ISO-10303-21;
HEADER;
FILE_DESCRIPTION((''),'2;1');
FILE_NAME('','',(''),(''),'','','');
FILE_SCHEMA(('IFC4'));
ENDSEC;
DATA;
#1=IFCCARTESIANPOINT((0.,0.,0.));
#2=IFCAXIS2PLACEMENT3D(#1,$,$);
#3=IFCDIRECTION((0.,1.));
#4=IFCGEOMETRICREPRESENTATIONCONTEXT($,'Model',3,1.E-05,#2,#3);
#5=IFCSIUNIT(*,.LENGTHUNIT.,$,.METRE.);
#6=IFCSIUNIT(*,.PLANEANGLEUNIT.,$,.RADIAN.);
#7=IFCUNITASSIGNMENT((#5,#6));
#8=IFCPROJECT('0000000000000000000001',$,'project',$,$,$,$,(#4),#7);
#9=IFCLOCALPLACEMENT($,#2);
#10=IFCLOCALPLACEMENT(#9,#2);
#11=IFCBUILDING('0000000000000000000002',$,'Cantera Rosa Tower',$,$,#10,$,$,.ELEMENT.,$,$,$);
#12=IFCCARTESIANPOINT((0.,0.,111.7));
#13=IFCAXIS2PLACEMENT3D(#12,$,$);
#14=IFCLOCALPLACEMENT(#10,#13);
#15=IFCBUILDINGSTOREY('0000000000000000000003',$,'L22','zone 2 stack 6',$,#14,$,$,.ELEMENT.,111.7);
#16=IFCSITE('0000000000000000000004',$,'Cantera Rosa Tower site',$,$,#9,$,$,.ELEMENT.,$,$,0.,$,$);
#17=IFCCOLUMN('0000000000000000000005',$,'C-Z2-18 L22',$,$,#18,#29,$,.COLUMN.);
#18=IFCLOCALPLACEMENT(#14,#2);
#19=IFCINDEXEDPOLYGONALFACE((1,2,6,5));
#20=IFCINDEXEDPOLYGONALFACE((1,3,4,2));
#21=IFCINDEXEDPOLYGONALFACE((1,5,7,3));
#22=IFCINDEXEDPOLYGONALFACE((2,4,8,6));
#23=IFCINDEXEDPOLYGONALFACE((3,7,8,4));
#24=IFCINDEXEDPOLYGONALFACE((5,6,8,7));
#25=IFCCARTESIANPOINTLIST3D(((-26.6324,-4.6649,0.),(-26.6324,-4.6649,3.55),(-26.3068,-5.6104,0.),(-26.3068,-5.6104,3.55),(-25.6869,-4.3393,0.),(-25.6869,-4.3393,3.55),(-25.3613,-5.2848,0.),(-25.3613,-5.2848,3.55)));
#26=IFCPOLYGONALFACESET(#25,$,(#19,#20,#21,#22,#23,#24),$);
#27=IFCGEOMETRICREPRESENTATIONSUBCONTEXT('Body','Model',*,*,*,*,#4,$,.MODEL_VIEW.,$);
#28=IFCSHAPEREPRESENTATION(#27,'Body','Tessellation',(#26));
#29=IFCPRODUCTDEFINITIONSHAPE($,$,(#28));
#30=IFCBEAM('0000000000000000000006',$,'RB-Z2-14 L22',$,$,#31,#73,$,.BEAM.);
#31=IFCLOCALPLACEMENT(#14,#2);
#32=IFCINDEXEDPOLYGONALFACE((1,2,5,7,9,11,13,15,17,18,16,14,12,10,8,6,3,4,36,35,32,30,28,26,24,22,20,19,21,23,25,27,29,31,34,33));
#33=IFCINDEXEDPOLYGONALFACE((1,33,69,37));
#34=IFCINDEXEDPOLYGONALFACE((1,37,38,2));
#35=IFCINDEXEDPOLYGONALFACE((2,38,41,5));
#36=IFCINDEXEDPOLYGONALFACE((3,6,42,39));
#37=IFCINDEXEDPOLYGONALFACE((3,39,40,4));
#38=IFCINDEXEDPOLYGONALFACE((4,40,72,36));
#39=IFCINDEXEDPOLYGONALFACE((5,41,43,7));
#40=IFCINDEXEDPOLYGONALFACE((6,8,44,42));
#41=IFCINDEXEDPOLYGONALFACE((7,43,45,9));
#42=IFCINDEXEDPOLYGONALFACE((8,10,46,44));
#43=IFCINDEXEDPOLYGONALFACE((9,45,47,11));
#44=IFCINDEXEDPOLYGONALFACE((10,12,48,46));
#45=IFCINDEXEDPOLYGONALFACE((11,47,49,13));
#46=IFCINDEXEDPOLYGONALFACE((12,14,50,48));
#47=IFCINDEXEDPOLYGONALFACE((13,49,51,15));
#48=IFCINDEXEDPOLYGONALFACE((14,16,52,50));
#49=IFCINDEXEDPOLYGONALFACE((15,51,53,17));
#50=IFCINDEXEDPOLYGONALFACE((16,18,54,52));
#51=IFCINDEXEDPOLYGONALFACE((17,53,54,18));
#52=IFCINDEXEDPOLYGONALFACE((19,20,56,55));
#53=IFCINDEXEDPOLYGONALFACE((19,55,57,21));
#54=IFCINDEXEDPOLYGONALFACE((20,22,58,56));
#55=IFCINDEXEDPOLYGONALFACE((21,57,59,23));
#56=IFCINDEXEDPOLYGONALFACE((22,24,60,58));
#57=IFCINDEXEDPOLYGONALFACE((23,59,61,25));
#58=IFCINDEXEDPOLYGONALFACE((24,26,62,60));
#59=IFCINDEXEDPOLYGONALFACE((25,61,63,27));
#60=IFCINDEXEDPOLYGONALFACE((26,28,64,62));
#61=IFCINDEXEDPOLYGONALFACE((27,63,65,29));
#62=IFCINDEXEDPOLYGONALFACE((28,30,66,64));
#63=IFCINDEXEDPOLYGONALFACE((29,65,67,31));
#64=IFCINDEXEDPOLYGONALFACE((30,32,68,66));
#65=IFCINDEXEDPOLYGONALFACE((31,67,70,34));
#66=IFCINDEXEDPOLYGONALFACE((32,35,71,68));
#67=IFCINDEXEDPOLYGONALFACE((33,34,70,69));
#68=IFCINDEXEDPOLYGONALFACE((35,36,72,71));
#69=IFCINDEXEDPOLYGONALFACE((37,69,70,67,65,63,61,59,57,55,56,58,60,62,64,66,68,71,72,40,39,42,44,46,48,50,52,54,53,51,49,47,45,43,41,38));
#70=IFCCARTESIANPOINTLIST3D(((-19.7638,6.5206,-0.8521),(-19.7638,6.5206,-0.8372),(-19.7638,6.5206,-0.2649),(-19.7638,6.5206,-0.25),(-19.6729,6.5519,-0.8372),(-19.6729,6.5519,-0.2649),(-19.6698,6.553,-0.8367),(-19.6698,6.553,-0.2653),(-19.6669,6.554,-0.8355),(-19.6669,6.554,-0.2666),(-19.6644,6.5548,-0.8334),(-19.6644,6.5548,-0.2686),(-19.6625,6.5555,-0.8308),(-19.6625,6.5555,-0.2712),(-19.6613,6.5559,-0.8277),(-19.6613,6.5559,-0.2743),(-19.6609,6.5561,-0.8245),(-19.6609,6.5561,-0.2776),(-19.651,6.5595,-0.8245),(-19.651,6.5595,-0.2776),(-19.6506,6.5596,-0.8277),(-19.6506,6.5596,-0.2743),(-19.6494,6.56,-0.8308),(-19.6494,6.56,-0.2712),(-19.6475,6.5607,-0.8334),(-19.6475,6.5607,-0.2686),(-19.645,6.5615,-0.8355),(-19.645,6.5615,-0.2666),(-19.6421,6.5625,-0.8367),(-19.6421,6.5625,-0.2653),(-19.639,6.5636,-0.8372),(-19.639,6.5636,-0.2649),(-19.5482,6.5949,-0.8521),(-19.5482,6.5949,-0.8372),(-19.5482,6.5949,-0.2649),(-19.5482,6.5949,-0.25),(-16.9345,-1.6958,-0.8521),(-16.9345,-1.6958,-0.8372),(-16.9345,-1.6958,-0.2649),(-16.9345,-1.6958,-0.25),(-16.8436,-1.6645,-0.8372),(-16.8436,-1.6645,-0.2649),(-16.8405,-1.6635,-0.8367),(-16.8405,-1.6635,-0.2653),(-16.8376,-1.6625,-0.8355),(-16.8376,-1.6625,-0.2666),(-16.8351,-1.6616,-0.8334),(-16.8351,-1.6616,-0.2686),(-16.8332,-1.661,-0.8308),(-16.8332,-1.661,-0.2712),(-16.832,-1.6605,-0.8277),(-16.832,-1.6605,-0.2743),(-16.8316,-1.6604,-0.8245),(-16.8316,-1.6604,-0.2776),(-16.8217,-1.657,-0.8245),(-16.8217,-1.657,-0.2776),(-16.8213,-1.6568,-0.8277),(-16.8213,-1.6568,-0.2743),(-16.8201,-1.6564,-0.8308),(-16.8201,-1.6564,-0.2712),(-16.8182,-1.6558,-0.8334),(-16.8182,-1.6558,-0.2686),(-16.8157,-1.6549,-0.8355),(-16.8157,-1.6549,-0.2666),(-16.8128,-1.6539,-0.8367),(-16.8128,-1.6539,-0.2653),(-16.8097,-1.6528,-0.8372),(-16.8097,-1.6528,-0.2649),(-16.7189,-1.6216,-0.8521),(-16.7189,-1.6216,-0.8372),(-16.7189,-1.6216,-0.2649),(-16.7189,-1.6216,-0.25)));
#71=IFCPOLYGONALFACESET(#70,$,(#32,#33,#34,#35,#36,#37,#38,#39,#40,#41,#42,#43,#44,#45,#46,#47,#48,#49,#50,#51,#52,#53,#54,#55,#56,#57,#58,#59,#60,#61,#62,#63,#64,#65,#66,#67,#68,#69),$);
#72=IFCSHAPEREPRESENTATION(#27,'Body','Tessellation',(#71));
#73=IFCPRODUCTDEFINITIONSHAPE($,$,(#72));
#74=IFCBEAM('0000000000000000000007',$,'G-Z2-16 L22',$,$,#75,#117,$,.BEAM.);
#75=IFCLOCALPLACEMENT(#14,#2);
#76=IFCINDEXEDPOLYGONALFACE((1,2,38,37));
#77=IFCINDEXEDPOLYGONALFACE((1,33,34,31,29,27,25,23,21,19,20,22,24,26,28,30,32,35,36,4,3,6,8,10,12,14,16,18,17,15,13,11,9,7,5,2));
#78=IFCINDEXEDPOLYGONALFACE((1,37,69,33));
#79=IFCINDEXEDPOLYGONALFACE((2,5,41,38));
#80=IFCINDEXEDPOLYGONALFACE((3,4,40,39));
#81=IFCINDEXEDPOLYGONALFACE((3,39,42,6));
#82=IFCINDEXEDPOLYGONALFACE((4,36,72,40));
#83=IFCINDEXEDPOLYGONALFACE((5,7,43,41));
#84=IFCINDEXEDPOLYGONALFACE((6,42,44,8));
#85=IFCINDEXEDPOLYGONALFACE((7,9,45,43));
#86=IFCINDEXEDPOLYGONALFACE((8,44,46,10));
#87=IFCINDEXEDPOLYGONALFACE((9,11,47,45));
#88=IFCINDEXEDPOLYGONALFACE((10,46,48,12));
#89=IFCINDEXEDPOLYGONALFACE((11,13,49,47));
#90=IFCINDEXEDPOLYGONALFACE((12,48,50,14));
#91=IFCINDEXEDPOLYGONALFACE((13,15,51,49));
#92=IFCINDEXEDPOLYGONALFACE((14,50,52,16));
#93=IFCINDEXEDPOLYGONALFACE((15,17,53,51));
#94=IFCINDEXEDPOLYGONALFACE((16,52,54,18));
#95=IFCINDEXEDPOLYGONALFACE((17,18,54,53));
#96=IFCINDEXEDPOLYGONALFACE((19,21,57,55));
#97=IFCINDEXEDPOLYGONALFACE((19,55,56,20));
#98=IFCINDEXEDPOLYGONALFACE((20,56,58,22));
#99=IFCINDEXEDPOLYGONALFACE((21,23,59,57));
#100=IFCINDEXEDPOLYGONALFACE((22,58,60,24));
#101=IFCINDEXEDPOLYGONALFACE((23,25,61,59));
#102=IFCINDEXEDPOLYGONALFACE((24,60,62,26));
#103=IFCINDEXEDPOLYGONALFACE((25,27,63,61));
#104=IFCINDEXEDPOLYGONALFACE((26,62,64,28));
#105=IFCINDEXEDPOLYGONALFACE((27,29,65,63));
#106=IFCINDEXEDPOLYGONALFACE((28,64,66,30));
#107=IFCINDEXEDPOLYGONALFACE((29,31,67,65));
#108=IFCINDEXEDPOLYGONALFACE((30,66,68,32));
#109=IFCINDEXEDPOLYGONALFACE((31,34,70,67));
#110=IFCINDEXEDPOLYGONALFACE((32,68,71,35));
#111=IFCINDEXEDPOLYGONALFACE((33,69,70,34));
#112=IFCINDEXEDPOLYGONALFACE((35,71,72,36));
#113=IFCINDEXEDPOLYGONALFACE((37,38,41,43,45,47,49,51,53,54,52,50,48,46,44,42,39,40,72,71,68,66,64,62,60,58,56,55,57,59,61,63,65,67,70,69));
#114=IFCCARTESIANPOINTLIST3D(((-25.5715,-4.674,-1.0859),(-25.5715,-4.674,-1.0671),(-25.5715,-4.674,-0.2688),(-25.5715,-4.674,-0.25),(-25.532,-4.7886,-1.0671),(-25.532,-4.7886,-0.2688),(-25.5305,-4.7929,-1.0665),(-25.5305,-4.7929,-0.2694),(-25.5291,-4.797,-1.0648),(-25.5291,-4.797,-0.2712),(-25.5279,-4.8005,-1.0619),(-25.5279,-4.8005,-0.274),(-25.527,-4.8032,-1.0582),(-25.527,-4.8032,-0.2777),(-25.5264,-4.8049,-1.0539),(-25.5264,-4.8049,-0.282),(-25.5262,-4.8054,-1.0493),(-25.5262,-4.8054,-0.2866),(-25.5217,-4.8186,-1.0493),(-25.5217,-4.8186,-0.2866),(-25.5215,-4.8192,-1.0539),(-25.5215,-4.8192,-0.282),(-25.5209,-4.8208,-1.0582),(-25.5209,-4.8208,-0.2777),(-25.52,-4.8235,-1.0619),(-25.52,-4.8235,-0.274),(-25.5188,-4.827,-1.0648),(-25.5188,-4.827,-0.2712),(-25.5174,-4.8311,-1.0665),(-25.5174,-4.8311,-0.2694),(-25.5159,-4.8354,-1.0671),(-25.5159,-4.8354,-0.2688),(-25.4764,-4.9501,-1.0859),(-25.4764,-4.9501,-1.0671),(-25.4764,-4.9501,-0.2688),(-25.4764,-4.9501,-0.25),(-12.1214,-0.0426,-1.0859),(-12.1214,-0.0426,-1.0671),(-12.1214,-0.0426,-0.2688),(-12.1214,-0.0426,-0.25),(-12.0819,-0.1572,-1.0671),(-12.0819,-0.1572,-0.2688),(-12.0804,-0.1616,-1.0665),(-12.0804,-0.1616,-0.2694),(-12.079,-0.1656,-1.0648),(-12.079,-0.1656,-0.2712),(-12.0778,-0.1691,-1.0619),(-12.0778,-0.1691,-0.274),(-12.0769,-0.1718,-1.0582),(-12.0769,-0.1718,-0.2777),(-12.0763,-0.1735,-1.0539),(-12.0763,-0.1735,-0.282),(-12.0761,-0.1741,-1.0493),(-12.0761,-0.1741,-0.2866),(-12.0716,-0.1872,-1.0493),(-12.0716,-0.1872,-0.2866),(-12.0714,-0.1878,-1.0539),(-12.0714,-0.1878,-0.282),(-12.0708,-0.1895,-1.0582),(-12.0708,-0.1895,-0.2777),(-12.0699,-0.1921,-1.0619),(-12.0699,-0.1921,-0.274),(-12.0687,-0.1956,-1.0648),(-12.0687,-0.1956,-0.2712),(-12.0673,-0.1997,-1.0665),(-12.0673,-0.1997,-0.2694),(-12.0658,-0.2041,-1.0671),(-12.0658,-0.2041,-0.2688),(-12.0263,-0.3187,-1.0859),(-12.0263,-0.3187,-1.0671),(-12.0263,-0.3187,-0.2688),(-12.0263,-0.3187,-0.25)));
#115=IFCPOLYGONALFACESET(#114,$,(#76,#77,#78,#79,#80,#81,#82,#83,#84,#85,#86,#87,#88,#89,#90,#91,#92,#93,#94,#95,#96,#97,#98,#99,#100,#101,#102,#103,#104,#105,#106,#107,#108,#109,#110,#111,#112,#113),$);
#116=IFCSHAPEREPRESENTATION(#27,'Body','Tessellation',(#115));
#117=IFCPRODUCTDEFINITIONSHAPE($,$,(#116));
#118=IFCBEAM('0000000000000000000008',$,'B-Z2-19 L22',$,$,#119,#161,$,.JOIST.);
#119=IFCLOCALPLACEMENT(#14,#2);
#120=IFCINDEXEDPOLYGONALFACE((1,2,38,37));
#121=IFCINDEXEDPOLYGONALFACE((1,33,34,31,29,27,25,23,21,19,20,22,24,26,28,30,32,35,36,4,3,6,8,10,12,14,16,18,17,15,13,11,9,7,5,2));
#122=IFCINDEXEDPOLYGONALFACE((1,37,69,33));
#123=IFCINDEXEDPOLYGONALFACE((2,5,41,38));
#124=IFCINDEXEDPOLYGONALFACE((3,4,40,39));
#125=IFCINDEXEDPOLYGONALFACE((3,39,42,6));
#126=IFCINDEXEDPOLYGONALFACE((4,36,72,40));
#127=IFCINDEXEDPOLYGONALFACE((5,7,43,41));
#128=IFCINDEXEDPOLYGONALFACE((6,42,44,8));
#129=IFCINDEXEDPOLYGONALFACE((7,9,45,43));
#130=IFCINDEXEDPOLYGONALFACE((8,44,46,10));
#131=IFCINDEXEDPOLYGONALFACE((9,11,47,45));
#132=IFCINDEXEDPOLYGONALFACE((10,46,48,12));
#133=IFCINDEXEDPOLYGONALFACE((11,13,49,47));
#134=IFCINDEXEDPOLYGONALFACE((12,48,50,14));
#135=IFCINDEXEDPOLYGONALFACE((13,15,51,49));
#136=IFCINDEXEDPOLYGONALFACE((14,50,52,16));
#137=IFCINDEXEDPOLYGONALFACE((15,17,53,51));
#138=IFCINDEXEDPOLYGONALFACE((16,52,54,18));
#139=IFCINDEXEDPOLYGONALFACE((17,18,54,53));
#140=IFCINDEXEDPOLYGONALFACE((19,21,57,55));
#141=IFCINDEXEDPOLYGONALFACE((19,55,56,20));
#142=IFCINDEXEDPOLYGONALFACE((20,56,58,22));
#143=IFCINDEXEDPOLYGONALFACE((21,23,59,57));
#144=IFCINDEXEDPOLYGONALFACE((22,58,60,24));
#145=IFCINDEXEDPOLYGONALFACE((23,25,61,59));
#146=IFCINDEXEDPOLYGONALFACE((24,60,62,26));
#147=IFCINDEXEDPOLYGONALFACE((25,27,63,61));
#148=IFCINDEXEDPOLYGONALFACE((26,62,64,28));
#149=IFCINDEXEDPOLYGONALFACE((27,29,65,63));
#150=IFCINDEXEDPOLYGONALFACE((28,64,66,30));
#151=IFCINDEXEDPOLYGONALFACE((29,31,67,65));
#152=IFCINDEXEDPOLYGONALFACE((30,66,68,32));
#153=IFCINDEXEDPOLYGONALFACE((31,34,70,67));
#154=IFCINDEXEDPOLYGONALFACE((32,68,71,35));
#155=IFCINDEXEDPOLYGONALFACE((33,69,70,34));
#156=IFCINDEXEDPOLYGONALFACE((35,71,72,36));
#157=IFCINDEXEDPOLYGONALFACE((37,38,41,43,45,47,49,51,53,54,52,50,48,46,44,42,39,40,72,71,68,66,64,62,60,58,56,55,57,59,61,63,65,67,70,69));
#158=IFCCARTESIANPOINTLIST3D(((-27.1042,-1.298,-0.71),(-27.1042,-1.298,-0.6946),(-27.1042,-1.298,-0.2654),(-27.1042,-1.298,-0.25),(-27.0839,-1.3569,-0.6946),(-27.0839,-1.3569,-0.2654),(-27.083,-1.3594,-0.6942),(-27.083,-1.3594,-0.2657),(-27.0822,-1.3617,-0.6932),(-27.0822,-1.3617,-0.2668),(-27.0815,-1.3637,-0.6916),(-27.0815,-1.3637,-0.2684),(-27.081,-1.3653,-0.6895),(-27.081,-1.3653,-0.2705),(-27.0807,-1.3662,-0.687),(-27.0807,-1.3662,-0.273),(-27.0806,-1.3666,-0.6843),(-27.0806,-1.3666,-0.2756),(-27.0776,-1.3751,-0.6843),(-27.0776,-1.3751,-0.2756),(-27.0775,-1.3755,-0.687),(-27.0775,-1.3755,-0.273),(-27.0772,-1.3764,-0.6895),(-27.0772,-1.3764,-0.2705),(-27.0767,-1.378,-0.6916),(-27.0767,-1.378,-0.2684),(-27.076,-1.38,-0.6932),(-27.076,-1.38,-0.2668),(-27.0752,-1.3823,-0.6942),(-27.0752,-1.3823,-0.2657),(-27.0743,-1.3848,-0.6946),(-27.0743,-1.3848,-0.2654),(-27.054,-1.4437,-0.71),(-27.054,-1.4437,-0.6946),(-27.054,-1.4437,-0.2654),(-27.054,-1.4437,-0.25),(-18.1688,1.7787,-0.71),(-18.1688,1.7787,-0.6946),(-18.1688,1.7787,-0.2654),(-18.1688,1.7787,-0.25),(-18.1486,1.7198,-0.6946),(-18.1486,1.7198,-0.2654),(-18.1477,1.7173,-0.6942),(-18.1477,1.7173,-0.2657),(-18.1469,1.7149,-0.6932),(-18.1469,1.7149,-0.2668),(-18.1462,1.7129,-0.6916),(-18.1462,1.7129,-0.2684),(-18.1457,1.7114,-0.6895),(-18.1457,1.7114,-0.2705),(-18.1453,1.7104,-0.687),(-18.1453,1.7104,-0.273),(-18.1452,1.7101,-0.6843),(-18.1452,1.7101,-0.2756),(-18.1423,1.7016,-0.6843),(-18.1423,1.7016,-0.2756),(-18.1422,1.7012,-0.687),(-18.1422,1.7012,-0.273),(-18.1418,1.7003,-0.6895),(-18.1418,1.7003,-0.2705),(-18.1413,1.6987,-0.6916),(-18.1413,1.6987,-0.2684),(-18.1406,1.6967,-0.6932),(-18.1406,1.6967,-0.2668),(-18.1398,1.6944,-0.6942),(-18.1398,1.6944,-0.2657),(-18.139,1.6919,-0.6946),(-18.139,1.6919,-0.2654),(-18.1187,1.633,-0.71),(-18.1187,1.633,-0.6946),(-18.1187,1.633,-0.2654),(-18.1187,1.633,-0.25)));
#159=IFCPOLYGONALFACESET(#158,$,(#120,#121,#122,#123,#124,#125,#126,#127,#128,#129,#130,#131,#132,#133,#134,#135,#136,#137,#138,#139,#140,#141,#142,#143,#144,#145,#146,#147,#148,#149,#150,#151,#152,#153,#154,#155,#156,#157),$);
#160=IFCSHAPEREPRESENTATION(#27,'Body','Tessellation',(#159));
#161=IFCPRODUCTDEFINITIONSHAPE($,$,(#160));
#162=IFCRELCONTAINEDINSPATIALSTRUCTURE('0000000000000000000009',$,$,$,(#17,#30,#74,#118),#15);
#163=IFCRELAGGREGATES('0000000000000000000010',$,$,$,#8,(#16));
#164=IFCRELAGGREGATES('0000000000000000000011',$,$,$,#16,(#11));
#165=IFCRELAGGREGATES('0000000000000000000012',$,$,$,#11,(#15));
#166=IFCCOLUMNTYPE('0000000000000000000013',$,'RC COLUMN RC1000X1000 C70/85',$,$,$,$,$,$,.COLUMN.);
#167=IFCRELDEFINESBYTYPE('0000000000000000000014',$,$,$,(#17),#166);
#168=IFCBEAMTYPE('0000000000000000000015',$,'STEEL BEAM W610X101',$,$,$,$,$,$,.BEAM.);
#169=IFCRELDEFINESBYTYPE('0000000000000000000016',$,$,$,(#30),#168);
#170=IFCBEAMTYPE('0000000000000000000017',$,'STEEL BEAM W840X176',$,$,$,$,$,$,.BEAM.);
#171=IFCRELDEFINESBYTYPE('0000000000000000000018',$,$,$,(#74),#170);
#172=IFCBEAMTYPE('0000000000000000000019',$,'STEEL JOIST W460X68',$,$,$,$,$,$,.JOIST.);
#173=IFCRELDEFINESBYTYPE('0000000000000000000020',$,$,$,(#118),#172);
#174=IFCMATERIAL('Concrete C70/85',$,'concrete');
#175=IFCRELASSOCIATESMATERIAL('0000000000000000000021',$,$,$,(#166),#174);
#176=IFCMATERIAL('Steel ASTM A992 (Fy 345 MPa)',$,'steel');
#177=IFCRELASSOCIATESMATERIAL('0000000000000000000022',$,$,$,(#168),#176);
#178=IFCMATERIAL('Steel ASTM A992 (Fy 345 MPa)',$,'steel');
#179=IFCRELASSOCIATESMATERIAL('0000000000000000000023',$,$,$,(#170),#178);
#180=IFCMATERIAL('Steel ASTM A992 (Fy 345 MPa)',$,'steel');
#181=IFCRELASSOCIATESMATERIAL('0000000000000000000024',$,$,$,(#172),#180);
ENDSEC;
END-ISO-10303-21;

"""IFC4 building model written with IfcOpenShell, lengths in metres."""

from ifc_helpers import new_model, si_unit, direction, frame, origin, origin_2d, place, context, subcontext, project, spatial, rectangle, i_section, extrude, material, material_profile, profile_set, type_object, element, save


model = new_model("IFC4")

# Units and contexts
model_context = context("Model", 3, precision=1e-05, world=origin(), true_north=direction((0.0, 1.0)))
body_context = subcontext(model_context, "Body", "Model", "MODEL_VIEW")
ifc_project = project(units=[si_unit("LENGTHUNIT", "METRE"), si_unit("PLANEANGLEUNIT", "RADIAN")], contexts=[model_context])

# Site, building, storey
site_placement = place(None, origin())
site = spatial("IfcSite", under=ifc_project, at=site_placement, Name="Cantera Rosa Tower site", CompositionType="ELEMENT", RefElevation=0.0)
building_placement = place(site_placement, origin())
building = spatial("IfcBuilding", under=site, at=building_placement, Name="Cantera Rosa Tower", CompositionType="ELEMENT")
storey_placement = place(building_placement, frame((0.0, 0.0, 111.7)))
storey = spatial("IfcBuildingStorey", under=building, at=storey_placement, Name="L22", Description="zone 2 stack 6", CompositionType="ELEMENT", Elevation=111.7)

# Column
ifc_material_1 = material(Name="Concrete C70/85", Category="concrete")
ifc_material_profile_1 = material_profile(ifc_material_1, rectangle(XDim=1.0, YDim=1.0, at=origin_2d()), Name="RC COLUMN RC1000X1000 C70/85")
ifc_profile_set_1 = profile_set([ifc_material_profile_1], Name="Concrete C70/85")
column_type = type_object("IfcColumnType", Name="RC COLUMN RC1000X1000 C70/85", PredefinedType="COLUMN", material=ifc_profile_set_1)
column_placement = place(storey_placement, frame((-25.9968, -4.9749, 0.0), z_axis=(0.0, 0.0, 1.0), x_axis=(0.945519, 0.325568, 0.0)))
element("IfcColumn", 1, at=column_placement, inside=storey, type_object=column_type, Name="C-Z2-18 L22", PredefinedType="COLUMN", context=body_context, shape_type="SweptSolid", body=[
    extrude(rectangle(XDim=1.0, YDim=1.0, at=origin_2d()), origin(), (0.0, 0.0, 1.0), 3.55),
])

# Beams
ifc_material_2 = material(Name="Steel ASTM A992 (Fy 345 MPa)", Category="steel")
ifc_material_profile_2 = material_profile(ifc_material_2, i_section(OverallWidth=0.228, OverallDepth=0.6021, WebThickness=0.0105, FlangeThickness=0.0149, FilletRadius=0.0127, at=origin_2d()), Name="W610X101")
ifc_profile_set_2 = profile_set([ifc_material_profile_2], Name="Steel ASTM A992 (Fy 345 MPa)")
beam_type_1 = type_object("IfcBeamType", Name="STEEL BEAM W610X101", PredefinedType="BEAM", material=ifc_profile_set_2)
beam_1_placement = place(storey_placement, frame((-16.8267, -1.6587, -0.551), z_axis=(-0.325585, 0.945513, 0.0), x_axis=(-0.945513, -0.325585, 0.0)))
element("IfcBeam", 2, at=beam_1_placement, inside=storey, type_object=beam_type_1, Name="RB-Z2-14 L22", PredefinedType="BEAM", context=body_context, shape_type="SweptSolid", body=[
    extrude(i_section(OverallWidth=0.228, OverallDepth=0.6021, WebThickness=0.0105, FlangeThickness=0.0149, FilletRadius=0.0127, at=origin_2d()), origin(), (0.0, 0.0, 1.0), 8.6899),
])
ifc_material_3 = material(Name="Steel ASTM A992 (Fy 345 MPa)", Category="steel")
ifc_material_profile_3 = material_profile(ifc_material_3, i_section(OverallWidth=0.292, OverallDepth=0.8359, WebThickness=0.0139, FlangeThickness=0.0188, FilletRadius=0.0178, at=origin_2d()), Name="W840X176")
ifc_profile_set_3 = profile_set([ifc_material_profile_3], Name="Steel ASTM A992 (Fy 345 MPa)")
beam_type_2 = type_object("IfcBeamType", Name="STEEL BEAM W840X176", PredefinedType="BEAM", material=ifc_profile_set_3)
beam_2_placement = place(storey_placement, frame((-25.5239, -4.812, -0.668), z_axis=(0.945515, 0.325578, 0.0), x_axis=(-0.325578, 0.945515, 0.0)))
element("IfcBeam", 3, at=beam_2_placement, inside=storey, type_object=beam_type_2, Name="G-Z2-16 L22", PredefinedType="BEAM", context=body_context, shape_type="SweptSolid", body=[
    extrude(i_section(OverallWidth=0.292, OverallDepth=0.8359, WebThickness=0.0139, FlangeThickness=0.0188, FilletRadius=0.0178, at=origin_2d()), origin(), (0.0, 0.0, 1.0), 14.2251),
])
ifc_material_4 = material(Name="Steel ASTM A992 (Fy 345 MPa)", Category="steel")
ifc_material_profile_4 = material_profile(ifc_material_4, i_section(OverallWidth=0.1541, OverallDepth=0.46, WebThickness=0.009, FlangeThickness=0.0154, FilletRadius=0.0103, at=origin_2d()), Name="W460X68")
ifc_profile_set_4 = profile_set([ifc_material_profile_4], Name="Steel ASTM A992 (Fy 345 MPa)")
beam_type_3 = type_object("IfcBeamType", Name="STEEL JOIST W460X68", PredefinedType="JOIST", material=ifc_profile_set_4)
for number, where, z_axis, x_axis, name in (
    (4, (-27.0791, -1.3708, -0.48), (0.945519, 0.325567, 0.0), (-0.325567, 0.945519, 0.0), "B-Z2-19 L22"),
):
    element("IfcBeam", number, at=place(storey_placement, frame(where, z_axis=z_axis, x_axis=x_axis)), inside=storey, type_object=beam_type_3, Name=name, PredefinedType="JOIST", context=body_context, shape_type="SweptSolid", body=[
        extrude(i_section(OverallWidth=0.1541, OverallDepth=0.46, WebThickness=0.009, FlangeThickness=0.0154, FilletRadius=0.0103, at=origin_2d()), origin(), (0.0, 0.0, 1.0), 9.4502),
    ])

save(model, "model.ifc")
